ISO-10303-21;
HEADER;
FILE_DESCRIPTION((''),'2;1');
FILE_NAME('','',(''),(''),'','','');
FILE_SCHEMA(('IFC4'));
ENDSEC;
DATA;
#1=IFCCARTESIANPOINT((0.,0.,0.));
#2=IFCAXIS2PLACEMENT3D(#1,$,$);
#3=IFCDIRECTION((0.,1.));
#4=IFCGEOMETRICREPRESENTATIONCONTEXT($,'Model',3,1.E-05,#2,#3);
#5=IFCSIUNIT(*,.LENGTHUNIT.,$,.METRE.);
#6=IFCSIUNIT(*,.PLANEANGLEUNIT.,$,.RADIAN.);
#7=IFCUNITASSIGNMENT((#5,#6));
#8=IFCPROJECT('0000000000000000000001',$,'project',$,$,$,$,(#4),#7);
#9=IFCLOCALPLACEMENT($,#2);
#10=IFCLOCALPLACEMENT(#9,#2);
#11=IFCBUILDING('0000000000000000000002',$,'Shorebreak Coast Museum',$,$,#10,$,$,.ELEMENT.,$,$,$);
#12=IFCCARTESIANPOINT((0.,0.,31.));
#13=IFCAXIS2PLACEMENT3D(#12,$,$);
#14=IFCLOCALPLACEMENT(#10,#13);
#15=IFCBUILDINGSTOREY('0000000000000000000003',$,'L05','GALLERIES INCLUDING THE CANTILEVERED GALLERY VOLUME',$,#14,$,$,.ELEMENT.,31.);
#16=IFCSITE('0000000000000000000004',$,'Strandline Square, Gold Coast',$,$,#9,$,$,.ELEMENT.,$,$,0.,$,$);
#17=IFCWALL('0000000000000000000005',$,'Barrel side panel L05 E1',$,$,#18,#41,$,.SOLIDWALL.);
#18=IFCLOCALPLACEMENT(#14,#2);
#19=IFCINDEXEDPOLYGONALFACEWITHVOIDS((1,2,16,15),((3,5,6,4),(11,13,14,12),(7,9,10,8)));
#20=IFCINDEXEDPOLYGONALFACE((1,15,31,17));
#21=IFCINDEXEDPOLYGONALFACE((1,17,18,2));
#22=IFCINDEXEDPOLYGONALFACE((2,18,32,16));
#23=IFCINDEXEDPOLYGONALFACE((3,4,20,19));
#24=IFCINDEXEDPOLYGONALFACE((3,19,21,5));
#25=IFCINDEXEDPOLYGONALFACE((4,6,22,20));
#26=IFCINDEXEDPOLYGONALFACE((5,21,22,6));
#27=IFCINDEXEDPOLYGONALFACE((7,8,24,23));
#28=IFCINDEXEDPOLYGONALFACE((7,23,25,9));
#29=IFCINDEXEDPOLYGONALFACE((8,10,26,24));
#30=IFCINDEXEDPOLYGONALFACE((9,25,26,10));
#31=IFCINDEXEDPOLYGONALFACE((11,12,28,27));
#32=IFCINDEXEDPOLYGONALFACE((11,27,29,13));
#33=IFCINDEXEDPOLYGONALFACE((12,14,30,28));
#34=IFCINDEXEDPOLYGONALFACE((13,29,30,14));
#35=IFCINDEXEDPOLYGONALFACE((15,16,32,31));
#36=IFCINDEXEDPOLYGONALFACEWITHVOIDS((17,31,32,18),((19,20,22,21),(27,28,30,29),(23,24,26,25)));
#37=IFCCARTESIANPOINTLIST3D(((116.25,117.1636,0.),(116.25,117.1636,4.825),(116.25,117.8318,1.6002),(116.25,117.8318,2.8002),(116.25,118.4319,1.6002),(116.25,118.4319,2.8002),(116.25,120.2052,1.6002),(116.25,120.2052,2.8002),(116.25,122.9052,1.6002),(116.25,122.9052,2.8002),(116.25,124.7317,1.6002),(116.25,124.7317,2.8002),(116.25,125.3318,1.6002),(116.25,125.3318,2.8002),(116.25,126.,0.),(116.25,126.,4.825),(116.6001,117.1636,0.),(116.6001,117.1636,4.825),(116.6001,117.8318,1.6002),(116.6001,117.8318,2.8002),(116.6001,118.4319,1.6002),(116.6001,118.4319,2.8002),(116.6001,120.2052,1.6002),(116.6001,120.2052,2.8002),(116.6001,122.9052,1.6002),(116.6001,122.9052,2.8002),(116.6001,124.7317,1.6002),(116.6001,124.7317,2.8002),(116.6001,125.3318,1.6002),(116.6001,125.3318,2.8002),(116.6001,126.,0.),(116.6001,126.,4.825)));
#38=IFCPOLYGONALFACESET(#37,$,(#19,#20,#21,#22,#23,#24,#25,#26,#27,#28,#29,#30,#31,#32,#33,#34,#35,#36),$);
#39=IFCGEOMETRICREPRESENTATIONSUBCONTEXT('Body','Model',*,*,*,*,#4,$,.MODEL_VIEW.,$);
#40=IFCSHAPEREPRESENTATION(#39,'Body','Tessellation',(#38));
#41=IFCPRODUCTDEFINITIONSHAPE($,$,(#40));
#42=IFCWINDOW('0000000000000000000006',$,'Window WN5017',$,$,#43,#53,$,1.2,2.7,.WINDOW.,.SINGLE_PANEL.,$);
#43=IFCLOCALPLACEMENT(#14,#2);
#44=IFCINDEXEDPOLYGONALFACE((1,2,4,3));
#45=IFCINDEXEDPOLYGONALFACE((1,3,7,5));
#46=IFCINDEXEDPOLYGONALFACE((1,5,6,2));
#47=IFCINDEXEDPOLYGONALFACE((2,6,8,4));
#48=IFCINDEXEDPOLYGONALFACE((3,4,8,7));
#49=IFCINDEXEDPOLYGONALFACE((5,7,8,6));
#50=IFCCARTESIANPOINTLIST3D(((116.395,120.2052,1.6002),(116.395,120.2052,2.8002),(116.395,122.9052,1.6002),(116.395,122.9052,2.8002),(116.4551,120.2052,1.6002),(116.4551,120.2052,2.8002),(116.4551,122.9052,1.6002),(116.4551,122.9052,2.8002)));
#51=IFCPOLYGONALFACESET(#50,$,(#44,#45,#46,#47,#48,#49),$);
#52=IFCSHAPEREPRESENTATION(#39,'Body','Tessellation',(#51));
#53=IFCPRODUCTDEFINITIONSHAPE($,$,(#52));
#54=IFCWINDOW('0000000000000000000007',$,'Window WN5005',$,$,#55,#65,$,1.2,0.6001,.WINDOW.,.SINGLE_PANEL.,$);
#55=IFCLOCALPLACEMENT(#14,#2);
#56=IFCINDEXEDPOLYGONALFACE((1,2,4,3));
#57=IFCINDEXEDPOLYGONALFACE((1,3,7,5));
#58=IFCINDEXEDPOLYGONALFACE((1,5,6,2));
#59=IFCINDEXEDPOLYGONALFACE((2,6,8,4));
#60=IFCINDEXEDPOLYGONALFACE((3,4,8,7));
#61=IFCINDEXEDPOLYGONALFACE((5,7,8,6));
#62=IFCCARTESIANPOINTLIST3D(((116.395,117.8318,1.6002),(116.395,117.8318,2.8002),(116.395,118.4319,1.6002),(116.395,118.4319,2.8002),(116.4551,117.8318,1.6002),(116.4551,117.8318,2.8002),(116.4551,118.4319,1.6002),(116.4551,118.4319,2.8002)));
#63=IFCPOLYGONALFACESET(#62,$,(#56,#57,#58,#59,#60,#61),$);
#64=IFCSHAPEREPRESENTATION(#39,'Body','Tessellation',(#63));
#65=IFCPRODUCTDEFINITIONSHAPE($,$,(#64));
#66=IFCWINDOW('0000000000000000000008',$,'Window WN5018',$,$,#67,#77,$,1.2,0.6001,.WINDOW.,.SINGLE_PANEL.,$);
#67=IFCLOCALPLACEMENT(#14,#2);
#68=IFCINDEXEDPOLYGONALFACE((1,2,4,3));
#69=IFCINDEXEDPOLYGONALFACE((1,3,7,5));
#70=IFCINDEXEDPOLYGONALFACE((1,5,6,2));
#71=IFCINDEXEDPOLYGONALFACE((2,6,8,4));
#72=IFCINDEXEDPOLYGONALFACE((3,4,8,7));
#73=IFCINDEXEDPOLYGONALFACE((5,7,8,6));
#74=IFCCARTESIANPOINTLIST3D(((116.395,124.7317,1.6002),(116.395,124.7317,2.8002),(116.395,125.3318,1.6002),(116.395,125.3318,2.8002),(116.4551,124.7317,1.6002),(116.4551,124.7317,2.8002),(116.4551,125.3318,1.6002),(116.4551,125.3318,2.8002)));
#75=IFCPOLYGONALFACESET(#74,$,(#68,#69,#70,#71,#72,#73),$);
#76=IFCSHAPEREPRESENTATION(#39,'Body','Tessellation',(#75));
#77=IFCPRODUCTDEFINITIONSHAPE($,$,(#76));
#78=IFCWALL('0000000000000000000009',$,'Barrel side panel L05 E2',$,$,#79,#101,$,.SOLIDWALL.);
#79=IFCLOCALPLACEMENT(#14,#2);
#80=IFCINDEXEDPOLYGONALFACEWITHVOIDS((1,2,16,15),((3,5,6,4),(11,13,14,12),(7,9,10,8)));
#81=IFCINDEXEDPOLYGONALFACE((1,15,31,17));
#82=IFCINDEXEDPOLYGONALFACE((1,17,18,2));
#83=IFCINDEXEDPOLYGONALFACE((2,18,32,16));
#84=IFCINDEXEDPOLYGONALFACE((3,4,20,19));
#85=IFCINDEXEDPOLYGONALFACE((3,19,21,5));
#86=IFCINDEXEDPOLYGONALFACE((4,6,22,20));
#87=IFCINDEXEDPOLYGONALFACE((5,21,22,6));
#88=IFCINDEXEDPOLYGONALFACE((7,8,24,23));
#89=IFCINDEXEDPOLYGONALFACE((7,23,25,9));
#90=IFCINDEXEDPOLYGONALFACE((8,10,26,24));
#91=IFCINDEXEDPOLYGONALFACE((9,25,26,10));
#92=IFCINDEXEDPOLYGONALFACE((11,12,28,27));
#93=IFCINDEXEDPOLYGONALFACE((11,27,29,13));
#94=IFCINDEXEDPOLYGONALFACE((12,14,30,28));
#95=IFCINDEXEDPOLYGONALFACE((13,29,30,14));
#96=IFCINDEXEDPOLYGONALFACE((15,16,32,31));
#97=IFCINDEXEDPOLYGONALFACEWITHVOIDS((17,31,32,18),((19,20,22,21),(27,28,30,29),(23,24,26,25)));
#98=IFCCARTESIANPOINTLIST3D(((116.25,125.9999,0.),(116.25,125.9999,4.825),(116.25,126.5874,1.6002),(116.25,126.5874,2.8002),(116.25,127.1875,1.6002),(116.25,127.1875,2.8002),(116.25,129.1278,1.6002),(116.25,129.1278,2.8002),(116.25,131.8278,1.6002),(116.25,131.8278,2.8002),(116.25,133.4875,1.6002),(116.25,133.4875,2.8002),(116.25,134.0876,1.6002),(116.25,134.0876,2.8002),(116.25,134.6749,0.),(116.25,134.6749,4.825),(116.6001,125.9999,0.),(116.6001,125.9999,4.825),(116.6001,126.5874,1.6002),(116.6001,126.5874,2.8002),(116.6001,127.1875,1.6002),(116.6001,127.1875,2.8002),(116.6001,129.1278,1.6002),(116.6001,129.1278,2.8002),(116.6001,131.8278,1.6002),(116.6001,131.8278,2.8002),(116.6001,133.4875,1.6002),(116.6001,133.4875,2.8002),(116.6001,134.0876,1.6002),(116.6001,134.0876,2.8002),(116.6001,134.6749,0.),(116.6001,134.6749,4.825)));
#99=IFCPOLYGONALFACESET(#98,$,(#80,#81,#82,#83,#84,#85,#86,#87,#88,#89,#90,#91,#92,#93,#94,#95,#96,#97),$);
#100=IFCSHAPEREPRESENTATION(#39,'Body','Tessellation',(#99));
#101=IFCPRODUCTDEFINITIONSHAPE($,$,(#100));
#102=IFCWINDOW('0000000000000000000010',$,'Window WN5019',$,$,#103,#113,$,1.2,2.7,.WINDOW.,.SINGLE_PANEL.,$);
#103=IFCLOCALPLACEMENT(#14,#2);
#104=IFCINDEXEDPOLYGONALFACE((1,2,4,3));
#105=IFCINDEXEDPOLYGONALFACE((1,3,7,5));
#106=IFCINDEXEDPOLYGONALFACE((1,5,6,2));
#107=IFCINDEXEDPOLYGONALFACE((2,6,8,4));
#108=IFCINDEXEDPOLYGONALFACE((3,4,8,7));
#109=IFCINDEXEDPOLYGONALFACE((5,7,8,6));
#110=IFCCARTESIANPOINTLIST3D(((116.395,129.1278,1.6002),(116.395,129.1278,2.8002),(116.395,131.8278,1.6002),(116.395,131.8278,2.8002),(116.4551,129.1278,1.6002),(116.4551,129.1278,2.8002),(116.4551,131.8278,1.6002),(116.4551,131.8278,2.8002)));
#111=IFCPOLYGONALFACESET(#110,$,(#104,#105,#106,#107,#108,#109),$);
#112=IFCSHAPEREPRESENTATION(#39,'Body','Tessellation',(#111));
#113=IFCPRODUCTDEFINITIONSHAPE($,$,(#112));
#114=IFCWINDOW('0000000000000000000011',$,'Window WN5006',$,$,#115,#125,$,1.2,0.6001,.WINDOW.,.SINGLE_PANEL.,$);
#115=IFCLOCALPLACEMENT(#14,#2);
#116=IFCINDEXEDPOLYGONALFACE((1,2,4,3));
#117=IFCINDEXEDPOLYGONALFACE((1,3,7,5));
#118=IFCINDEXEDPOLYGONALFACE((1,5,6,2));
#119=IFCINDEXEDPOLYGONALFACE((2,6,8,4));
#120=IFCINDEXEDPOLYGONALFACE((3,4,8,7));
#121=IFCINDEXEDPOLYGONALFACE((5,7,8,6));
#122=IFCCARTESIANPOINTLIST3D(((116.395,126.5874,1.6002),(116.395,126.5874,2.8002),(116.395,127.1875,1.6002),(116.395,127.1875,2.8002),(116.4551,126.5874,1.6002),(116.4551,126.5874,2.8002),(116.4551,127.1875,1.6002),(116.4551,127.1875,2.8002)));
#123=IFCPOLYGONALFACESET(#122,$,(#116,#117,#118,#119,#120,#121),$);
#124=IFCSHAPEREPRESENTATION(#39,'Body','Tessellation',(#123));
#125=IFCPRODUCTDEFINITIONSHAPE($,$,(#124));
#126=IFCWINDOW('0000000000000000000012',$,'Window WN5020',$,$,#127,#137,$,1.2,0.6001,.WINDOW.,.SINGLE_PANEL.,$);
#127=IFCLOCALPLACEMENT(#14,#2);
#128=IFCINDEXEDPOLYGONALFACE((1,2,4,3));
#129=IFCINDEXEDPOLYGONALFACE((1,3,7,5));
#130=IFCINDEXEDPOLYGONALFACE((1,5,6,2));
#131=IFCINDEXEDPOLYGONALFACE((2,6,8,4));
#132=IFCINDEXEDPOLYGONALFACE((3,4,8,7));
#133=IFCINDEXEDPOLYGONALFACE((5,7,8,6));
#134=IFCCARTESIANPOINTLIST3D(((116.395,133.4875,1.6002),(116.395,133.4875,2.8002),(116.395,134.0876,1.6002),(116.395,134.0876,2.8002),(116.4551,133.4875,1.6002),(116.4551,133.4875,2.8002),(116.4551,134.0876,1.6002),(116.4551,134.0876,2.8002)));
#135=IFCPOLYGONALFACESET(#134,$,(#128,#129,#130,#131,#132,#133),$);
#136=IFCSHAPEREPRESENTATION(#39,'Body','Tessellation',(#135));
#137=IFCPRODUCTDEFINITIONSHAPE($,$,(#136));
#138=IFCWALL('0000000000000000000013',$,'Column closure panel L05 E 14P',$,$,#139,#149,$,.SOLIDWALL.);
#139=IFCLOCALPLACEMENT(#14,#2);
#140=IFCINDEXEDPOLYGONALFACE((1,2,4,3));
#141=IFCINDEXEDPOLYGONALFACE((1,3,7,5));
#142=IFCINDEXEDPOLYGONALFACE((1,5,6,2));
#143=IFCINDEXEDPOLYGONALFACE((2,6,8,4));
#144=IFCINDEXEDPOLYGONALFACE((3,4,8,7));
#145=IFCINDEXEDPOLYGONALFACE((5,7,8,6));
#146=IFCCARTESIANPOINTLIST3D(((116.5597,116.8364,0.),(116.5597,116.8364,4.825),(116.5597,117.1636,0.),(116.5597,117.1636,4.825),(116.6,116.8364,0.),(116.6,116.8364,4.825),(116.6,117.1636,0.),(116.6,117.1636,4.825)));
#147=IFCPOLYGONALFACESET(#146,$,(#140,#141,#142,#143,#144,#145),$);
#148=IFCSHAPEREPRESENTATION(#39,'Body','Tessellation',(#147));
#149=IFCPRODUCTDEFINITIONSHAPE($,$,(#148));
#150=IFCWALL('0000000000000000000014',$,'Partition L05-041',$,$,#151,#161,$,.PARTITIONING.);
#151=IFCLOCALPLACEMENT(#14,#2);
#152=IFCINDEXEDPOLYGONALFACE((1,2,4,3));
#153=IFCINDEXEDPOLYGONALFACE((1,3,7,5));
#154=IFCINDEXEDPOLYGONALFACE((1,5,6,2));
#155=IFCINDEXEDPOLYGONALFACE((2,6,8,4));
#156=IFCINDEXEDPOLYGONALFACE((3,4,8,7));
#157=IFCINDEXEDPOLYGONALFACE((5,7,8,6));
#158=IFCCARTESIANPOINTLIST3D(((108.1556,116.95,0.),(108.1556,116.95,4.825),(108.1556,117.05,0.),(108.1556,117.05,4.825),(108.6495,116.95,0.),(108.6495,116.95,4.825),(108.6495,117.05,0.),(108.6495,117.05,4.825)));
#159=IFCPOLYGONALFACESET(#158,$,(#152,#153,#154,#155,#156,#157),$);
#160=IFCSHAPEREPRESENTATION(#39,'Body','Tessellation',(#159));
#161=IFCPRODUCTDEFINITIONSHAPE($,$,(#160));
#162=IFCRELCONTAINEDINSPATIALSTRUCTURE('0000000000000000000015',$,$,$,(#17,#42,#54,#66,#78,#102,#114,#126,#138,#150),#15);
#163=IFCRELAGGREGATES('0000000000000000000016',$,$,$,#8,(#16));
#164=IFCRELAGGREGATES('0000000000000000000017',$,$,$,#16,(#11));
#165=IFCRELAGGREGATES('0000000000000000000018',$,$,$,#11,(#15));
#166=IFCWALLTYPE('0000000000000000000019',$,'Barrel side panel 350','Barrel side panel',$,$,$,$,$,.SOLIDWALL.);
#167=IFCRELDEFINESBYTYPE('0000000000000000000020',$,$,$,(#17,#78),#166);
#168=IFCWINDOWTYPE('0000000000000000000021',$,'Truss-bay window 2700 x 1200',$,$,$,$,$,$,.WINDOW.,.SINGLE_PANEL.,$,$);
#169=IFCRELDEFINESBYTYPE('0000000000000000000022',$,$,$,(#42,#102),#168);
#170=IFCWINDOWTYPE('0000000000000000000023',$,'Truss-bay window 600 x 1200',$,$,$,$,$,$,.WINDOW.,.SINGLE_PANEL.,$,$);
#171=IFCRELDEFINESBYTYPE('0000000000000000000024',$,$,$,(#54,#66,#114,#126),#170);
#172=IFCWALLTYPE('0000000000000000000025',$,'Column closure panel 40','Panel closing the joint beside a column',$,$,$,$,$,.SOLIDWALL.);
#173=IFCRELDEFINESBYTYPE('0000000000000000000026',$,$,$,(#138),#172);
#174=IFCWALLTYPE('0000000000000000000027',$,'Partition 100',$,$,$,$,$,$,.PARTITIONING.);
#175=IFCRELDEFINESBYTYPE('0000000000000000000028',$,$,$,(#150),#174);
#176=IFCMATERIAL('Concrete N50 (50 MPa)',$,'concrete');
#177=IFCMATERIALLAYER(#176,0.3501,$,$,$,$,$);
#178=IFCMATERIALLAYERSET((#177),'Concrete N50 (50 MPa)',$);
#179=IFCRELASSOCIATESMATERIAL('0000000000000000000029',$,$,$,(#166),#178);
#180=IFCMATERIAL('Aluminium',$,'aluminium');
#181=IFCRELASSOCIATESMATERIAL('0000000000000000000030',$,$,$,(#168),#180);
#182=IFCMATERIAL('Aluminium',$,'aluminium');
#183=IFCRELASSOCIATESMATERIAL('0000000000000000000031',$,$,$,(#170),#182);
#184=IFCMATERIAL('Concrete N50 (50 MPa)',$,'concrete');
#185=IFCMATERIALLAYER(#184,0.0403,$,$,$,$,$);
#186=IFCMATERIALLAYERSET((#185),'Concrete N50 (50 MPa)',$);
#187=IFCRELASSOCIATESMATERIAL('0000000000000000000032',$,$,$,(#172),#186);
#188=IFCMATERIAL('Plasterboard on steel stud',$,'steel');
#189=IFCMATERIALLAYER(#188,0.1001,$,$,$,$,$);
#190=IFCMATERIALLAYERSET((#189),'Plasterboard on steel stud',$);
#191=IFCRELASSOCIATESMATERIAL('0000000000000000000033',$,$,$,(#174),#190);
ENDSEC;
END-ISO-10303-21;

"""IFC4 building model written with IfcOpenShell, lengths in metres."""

from ifc_helpers import new_model, si_unit, direction, frame, frame_2d, origin, place, context, subcontext, project, spatial, rectangle, extrude, material, layer, layer_set, type_object, element, fill, save


model = new_model("IFC4")

# Units and contexts
model_context = context("Model", 3, precision=1e-05, world=origin(), true_north=direction((0.0, 1.0)))
body_context = subcontext(model_context, "Body", "Model", "MODEL_VIEW")
ifc_project = project(units=[si_unit("LENGTHUNIT", "METRE"), si_unit("PLANEANGLEUNIT", "RADIAN")], contexts=[model_context])

# Site, building, storey
site_placement = place(None, origin())
site = spatial("IfcSite", under=ifc_project, at=site_placement, Name="Strandline Square, Gold Coast", CompositionType="ELEMENT", RefElevation=0.0)
building_placement = place(site_placement, origin())
building = spatial("IfcBuilding", under=site, at=building_placement, Name="Shorebreak Coast Museum", CompositionType="ELEMENT")
storey_placement = place(building_placement, frame((0.0, 0.0, 31.0)))
storey = spatial("IfcBuildingStorey", under=building, at=storey_placement, Name="L05", Description="GALLERIES INCLUDING THE CANTILEVERED GALLERY VOLUME", CompositionType="ELEMENT", Elevation=31.0)

# Walls, openings, windows
ifc_material_1 = material(Name="Concrete N50 (50 MPa)", Category="concrete")
ifc_layer_1 = layer(ifc_material_1, 0.3501)
ifc_layer_set_1 = layer_set([ifc_layer_1], Name="Concrete N50 (50 MPa)")
wall_type_1 = type_object("IfcWallType", Name="Barrel side panel 350", Description="Barrel side panel", PredefinedType="SOLIDWALL", material=ifc_layer_set_1)
wall_1_placement = place(storey_placement, frame((116.425, 117.1636, 0.0), z_axis=(0.0, 0.0, 1.0), x_axis=(0.0, 1.0, 0.0)))
wall_1 = element("IfcWall", 1, at=wall_1_placement, inside=storey, type_object=wall_type_1, Name="Barrel side panel L05 E1", PredefinedType="SOLIDWALL", context=body_context, shape_type="SweptSolid", body=[
    extrude(rectangle(XDim=8.8364, YDim=0.3501, at=frame_2d((4.4182, 0.0))), origin(), (0.0, 0.0, 1.0), 4.825),
])
opening_1_placement = place(wall_1_placement, frame((0.6682, 0.0, 1.6001)))
opening_1 = element("IfcOpeningElement", 2, at=opening_1_placement, cuts=wall_1, PredefinedType="OPENING", context=body_context, shape_type="SweptSolid", body=[
    extrude(rectangle(XDim=0.6001, YDim=1.2, at=frame_2d((0.3, 0.6001))), frame((0.0, 0.1851, 0.0), z_axis=(0.0, -1.0, 0.0), x_axis=(1.0, 0.0, 0.0)), (0.0, 0.0, 1.0), 0.3701),
])
opening_2_placement = place(wall_1_placement, frame((3.0415, 0.0, 1.6001)))
opening_2 = element("IfcOpeningElement", 3, at=opening_2_placement, cuts=wall_1, PredefinedType="OPENING", context=body_context, shape_type="SweptSolid", body=[
    extrude(rectangle(XDim=2.7, YDim=1.2, at=frame_2d((1.3501, 0.6001))), frame((0.0, 0.1851, 0.0), z_axis=(0.0, -1.0, 0.0), x_axis=(1.0, 0.0, 0.0)), (0.0, 0.0, 1.0), 0.3701),
])
opening_3_placement = place(wall_1_placement, frame((7.5681, 0.0, 1.6001)))
opening_3 = element("IfcOpeningElement", 4, at=opening_3_placement, cuts=wall_1, PredefinedType="OPENING", context=body_context, shape_type="SweptSolid", body=[
    extrude(rectangle(XDim=0.6001, YDim=1.2, at=frame_2d((0.3, 0.6001))), frame((0.0, 0.1851, 0.0), z_axis=(0.0, -1.0, 0.0), x_axis=(1.0, 0.0, 0.0)), (0.0, 0.0, 1.0), 0.3701),
])
ifc_material_2 = material(Name="Aluminium", Category="aluminium")
window_type_1 = type_object("IfcWindowType", Name="Truss-bay window 2700 x 1200", PartitioningType="SINGLE_PANEL", PredefinedType="WINDOW", material=ifc_material_2)
window_1_placement = place(opening_2_placement, origin())
window_1 = element("IfcWindow", 5, at=window_1_placement, inside=storey, type_object=window_type_1, Name="Window WN5017", OverallHeight=1.2, OverallWidth=2.7, PartitioningType="SINGLE_PANEL", PredefinedType="WINDOW", context=body_context, shape_type="SweptSolid", body=[
    extrude(rectangle(XDim=2.7, YDim=1.2, at=frame_2d((1.3501, 0.6001))), frame((0.0, 0.03, 0.0), z_axis=(0.0, -1.0, 0.0), x_axis=(1.0, 0.0, 0.0)), (0.0, 0.0, 1.0), 0.0601),
])
fill(opening_2, window_1)
ifc_material_3 = material(Name="Aluminium", Category="aluminium")
window_type_2 = type_object("IfcWindowType", Name="Truss-bay window 600 x 1200", PartitioningType="SINGLE_PANEL", PredefinedType="WINDOW", material=ifc_material_3)
window_2_placement = place(opening_1_placement, origin())
window_2 = element("IfcWindow", 6, at=window_2_placement, inside=storey, type_object=window_type_2, Name="Window WN5005", OverallHeight=1.2, OverallWidth=0.6001, PartitioningType="SINGLE_PANEL", PredefinedType="WINDOW", context=body_context, shape_type="SweptSolid", body=[
    extrude(rectangle(XDim=0.6001, YDim=1.2, at=frame_2d((0.3, 0.6001))), frame((0.0, 0.03, 0.0), z_axis=(0.0, -1.0, 0.0), x_axis=(1.0, 0.0, 0.0)), (0.0, 0.0, 1.0), 0.0601),
])
fill(opening_1, window_2)
window_3_placement = place(opening_3_placement, origin())
window_3 = element("IfcWindow", 7, at=window_3_placement, inside=storey, type_object=window_type_2, Name="Window WN5018", OverallHeight=1.2, OverallWidth=0.6001, PartitioningType="SINGLE_PANEL", PredefinedType="WINDOW", context=body_context, shape_type="SweptSolid", body=[
    extrude(rectangle(XDim=0.6001, YDim=1.2, at=frame_2d((0.3, 0.6001))), frame((0.0, 0.03, 0.0), z_axis=(0.0, -1.0, 0.0), x_axis=(1.0, 0.0, 0.0)), (0.0, 0.0, 1.0), 0.0601),
])
fill(opening_3, window_3)
wall_2_placement = place(storey_placement, frame((116.425, 126.0, 0.0), z_axis=(0.0, 0.0, 1.0), x_axis=(0.0, 1.0, 0.0)))
wall_2 = element("IfcWall", 8, at=wall_2_placement, inside=storey, type_object=wall_type_1, Name="Barrel side panel L05 E2", PredefinedType="SOLIDWALL", context=body_context, shape_type="SweptSolid", body=[
    extrude(rectangle(XDim=8.675, YDim=0.3501, at=frame_2d((4.3374, 0.0))), origin(), (0.0, 0.0, 1.0), 4.825),
])
opening_4_placement = place(wall_2_placement, frame((0.5874, 0.0, 1.6001)))
opening_4 = element("IfcOpeningElement", 9, at=opening_4_placement, cuts=wall_2, PredefinedType="OPENING", context=body_context, shape_type="SweptSolid", body=[
    extrude(rectangle(XDim=0.6001, YDim=1.2, at=frame_2d((0.3, 0.6001))), frame((0.0, 0.1851, 0.0), z_axis=(0.0, -1.0, 0.0), x_axis=(1.0, 0.0, 0.0)), (0.0, 0.0, 1.0), 0.3701),
])
opening_5_placement = place(wall_2_placement, frame((3.1277, 0.0, 1.6001)))
opening_5 = element("IfcOpeningElement", 10, at=opening_5_placement, cuts=wall_2, PredefinedType="OPENING", context=body_context, shape_type="SweptSolid", body=[
    extrude(rectangle(XDim=2.7, YDim=1.2, at=frame_2d((1.3501, 0.6001))), frame((0.0, 0.1851, 0.0), z_axis=(0.0, -1.0, 0.0), x_axis=(1.0, 0.0, 0.0)), (0.0, 0.0, 1.0), 0.3701),
])
opening_6_placement = place(wall_2_placement, frame((7.4875, 0.0, 1.6001)))
opening_6 = element("IfcOpeningElement", 11, at=opening_6_placement, cuts=wall_2, PredefinedType="OPENING", context=body_context, shape_type="SweptSolid", body=[
    extrude(rectangle(XDim=0.6001, YDim=1.2, at=frame_2d((0.3, 0.6001))), frame((0.0, 0.1851, 0.0), z_axis=(0.0, -1.0, 0.0), x_axis=(1.0, 0.0, 0.0)), (0.0, 0.0, 1.0), 0.3701),
])
window_4_placement = place(opening_5_placement, origin())
window_4 = element("IfcWindow", 12, at=window_4_placement, inside=storey, type_object=window_type_1, Name="Window WN5019", OverallHeight=1.2, OverallWidth=2.7, PartitioningType="SINGLE_PANEL", PredefinedType="WINDOW", context=body_context, shape_type="SweptSolid", body=[
    extrude(rectangle(XDim=2.7, YDim=1.2, at=frame_2d((1.3501, 0.6001))), frame((0.0, 0.03, 0.0), z_axis=(0.0, -1.0, 0.0), x_axis=(1.0, 0.0, 0.0)), (0.0, 0.0, 1.0), 0.0601),
])
fill(opening_5, window_4)
window_5_placement = place(opening_4_placement, origin())
window_5 = element("IfcWindow", 13, at=window_5_placement, inside=storey, type_object=window_type_2, Name="Window WN5006", OverallHeight=1.2, OverallWidth=0.6001, PartitioningType="SINGLE_PANEL", PredefinedType="WINDOW", context=body_context, shape_type="SweptSolid", body=[
    extrude(rectangle(XDim=0.6001, YDim=1.2, at=frame_2d((0.3, 0.6001))), frame((0.0, 0.03, 0.0), z_axis=(0.0, -1.0, 0.0), x_axis=(1.0, 0.0, 0.0)), (0.0, 0.0, 1.0), 0.0601),
])
fill(opening_4, window_5)
window_6_placement = place(opening_6_placement, origin())
window_6 = element("IfcWindow", 14, at=window_6_placement, inside=storey, type_object=window_type_2, Name="Window WN5020", OverallHeight=1.2, OverallWidth=0.6001, PartitioningType="SINGLE_PANEL", PredefinedType="WINDOW", context=body_context, shape_type="SweptSolid", body=[
    extrude(rectangle(XDim=0.6001, YDim=1.2, at=frame_2d((0.3, 0.6001))), frame((0.0, 0.03, 0.0), z_axis=(0.0, -1.0, 0.0), x_axis=(1.0, 0.0, 0.0)), (0.0, 0.0, 1.0), 0.0601),
])
fill(opening_6, window_6)

# Walls
ifc_material_4 = material(Name="Concrete N50 (50 MPa)", Category="concrete")
ifc_layer_2 = layer(ifc_material_4, 0.0403)
ifc_layer_set_2 = layer_set([ifc_layer_2], Name="Concrete N50 (50 MPa)")
wall_type_2 = type_object("IfcWallType", Name="Column closure panel 40", Description="Panel closing the joint beside a column", PredefinedType="SOLIDWALL", material=ifc_layer_set_2)
wall_3_placement = place(storey_placement, frame((116.5798, 116.8364, 0.0), z_axis=(0.0, 0.0, 1.0), x_axis=(0.0, 1.0, 0.0)))
element("IfcWall", 15, at=wall_3_placement, inside=storey, type_object=wall_type_2, Name="Column closure panel L05 E 14P", PredefinedType="SOLIDWALL", context=body_context, shape_type="SweptSolid", body=[
    extrude(rectangle(XDim=0.3271, YDim=0.0403, at=frame_2d((0.1636, 0.0))), origin(), (0.0, 0.0, 1.0), 4.825),
])
ifc_material_5 = material(Name="Plasterboard on steel stud", Category="steel")
ifc_layer_3 = layer(ifc_material_5, 0.1001)
ifc_layer_set_3 = layer_set([ifc_layer_3], Name="Plasterboard on steel stud")
wall_type_3 = type_object("IfcWallType", Name="Partition 100", PredefinedType="PARTITIONING", material=ifc_layer_set_3)
wall_4_placement = place(storey_placement, frame((108.1555, 117.0, 0.0), z_axis=(0.0, 0.0, 1.0), x_axis=(1.0, 0.0, 0.0)))
element("IfcWall", 16, at=wall_4_placement, inside=storey, type_object=wall_type_3, Name="Partition L05-041", PredefinedType="PARTITIONING", context=body_context, shape_type="SweptSolid", body=[
    extrude(rectangle(XDim=0.4939, YDim=0.1001, at=frame_2d((0.2471, 0.0))), origin(), (0.0, 0.0, 1.0), 4.825),
])

save(model, "model.ifc")
